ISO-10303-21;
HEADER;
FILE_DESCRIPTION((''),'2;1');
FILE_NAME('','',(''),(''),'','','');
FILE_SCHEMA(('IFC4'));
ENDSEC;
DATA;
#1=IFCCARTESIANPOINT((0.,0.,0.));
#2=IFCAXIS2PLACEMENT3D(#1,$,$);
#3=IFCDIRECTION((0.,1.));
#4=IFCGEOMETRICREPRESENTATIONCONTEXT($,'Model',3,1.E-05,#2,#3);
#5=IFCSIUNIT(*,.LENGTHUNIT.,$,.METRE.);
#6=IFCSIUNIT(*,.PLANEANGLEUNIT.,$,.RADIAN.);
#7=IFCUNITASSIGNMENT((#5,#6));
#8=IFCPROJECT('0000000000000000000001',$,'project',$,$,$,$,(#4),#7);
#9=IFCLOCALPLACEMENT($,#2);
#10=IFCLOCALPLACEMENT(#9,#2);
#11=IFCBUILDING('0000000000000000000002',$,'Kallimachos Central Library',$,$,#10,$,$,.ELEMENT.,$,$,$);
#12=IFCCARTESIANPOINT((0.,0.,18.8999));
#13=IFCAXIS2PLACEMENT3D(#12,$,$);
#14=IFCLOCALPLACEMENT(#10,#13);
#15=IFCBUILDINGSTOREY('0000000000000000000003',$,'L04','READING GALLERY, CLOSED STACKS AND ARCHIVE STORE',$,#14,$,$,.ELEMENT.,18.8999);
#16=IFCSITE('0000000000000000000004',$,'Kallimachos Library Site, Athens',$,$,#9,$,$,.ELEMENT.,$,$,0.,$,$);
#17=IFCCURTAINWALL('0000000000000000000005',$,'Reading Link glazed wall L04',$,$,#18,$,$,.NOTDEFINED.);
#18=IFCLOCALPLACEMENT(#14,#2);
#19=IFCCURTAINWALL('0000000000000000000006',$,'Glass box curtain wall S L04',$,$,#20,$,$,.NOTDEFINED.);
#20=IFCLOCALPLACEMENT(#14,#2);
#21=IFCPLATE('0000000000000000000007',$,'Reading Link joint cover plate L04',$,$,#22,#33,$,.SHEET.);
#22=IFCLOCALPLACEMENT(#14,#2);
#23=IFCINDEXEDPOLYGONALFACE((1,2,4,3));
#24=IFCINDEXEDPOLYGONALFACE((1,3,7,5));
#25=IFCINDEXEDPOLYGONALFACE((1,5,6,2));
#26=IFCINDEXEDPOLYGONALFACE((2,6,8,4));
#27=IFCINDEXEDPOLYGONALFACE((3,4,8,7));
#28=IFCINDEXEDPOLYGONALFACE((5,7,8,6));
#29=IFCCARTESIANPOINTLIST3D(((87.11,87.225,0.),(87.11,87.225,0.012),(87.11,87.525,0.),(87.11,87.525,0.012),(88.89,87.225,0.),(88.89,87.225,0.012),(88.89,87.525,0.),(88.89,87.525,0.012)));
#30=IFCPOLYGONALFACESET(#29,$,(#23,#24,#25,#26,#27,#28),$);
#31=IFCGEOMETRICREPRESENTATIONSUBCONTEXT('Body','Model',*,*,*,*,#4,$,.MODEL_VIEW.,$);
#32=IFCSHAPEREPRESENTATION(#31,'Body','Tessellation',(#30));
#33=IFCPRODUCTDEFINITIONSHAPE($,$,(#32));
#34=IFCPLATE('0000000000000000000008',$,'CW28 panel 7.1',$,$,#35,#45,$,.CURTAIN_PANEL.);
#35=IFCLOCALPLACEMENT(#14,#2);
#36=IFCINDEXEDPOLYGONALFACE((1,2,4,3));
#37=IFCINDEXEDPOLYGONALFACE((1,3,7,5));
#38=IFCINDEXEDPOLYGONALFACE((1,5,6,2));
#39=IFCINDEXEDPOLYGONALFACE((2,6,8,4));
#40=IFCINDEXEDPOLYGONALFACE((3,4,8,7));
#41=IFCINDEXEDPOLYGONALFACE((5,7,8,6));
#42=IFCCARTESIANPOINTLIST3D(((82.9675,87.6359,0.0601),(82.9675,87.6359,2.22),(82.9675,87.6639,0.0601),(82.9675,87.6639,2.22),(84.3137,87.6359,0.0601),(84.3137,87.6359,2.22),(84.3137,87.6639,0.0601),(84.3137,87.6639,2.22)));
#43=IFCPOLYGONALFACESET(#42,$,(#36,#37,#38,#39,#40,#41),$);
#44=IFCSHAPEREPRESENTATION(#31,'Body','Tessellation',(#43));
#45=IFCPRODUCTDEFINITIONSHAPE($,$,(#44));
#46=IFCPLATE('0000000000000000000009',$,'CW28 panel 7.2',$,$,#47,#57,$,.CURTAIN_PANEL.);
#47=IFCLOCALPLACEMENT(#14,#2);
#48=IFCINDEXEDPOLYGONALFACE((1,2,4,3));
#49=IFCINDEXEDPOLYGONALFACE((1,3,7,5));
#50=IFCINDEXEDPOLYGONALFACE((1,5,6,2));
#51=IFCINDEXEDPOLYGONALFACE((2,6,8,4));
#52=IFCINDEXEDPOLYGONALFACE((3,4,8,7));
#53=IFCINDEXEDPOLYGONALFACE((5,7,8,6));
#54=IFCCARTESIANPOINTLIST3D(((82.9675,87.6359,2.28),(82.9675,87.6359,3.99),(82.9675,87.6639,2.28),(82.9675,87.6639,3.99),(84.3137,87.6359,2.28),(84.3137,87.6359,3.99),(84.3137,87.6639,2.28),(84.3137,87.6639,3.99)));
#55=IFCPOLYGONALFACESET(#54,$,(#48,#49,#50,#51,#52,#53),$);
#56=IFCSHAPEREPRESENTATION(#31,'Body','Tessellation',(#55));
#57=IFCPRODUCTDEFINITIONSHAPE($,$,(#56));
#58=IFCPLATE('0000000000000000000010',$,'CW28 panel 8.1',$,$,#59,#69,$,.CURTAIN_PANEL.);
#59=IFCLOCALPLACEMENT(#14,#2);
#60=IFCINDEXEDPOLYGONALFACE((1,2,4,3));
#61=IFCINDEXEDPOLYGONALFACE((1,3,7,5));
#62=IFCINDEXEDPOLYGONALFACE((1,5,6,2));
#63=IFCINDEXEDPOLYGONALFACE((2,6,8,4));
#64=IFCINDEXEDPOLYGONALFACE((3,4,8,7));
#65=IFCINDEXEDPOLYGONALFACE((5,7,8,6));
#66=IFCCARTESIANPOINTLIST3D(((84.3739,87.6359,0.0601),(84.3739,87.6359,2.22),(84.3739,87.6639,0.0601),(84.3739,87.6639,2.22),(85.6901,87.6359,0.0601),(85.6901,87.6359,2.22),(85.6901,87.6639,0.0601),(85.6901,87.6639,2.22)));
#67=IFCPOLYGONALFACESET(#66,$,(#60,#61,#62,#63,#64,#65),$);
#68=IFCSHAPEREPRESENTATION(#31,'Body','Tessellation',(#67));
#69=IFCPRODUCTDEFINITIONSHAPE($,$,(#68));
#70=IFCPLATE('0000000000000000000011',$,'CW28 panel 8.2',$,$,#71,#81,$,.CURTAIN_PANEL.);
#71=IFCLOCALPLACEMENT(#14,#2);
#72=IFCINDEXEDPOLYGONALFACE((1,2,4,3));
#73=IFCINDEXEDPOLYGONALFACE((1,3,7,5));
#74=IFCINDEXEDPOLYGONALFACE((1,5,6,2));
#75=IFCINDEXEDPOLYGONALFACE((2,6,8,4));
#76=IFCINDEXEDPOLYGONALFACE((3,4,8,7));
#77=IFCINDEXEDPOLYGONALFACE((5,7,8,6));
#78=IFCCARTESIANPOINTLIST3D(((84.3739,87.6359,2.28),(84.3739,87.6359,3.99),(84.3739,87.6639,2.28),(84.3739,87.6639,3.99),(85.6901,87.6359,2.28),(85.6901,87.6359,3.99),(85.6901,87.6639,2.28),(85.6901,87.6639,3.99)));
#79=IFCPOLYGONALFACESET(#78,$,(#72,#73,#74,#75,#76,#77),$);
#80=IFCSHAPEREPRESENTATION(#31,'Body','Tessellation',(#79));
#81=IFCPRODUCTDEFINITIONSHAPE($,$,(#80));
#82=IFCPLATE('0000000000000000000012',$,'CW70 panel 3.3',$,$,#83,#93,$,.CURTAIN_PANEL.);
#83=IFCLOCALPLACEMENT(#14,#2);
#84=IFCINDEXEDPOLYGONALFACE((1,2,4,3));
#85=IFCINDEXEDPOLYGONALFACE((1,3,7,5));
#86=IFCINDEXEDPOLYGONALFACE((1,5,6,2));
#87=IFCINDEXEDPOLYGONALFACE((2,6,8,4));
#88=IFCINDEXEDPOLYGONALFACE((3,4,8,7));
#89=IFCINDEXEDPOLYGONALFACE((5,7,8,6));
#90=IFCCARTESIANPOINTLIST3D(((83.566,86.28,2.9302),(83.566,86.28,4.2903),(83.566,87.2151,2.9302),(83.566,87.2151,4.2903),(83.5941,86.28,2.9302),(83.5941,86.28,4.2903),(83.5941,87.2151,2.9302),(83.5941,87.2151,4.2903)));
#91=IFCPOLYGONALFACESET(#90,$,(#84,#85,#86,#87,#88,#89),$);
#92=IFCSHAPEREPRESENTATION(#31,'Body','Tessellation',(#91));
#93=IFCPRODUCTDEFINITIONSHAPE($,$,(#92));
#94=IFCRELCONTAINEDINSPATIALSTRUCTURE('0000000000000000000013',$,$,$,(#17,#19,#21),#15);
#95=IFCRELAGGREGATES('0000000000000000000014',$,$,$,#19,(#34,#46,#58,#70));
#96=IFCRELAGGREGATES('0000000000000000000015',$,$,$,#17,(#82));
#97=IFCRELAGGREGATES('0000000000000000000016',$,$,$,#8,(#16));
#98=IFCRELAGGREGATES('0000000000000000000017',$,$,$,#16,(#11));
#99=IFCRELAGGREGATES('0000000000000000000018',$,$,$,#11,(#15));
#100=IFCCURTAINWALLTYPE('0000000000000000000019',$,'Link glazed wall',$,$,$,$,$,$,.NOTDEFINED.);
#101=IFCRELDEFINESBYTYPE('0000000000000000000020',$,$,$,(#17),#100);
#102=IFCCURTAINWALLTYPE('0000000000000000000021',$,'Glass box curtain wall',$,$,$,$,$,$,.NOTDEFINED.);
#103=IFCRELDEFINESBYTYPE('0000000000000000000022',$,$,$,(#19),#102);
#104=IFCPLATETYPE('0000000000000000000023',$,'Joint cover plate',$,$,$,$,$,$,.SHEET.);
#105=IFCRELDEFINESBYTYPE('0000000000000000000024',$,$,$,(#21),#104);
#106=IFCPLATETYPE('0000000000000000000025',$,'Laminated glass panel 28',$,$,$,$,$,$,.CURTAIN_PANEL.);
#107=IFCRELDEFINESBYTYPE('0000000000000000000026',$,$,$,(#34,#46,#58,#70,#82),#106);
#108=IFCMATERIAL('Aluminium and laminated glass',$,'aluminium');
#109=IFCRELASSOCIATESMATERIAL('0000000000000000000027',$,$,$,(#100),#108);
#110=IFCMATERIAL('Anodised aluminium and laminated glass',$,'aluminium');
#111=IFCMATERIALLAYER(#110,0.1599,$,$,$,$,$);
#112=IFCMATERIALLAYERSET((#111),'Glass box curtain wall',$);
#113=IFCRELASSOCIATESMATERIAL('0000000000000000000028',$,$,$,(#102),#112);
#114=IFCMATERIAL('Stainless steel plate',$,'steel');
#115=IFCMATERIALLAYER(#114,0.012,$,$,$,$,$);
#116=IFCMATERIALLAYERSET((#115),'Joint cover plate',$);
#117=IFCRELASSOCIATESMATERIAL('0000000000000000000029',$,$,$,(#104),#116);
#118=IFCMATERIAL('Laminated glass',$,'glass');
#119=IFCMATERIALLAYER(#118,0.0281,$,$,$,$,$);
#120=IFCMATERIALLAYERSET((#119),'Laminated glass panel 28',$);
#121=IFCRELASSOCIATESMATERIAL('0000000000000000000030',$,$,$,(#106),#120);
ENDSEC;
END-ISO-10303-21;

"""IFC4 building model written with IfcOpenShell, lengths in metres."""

from ifc_helpers import new_model, si_unit, direction, frame, origin, origin_2d, place, context, subcontext, project, spatial, rectangle, extrude, material, layer, layer_set, type_object, element, aggregate, save


model = new_model("IFC4")

# Units and contexts
model_context = context("Model", 3, precision=1e-05, world=origin(), true_north=direction((0.0, 1.0)))
body_context = subcontext(model_context, "Body", "Model", "MODEL_VIEW")
ifc_project = project(units=[si_unit("LENGTHUNIT", "METRE"), si_unit("PLANEANGLEUNIT", "RADIAN")], contexts=[model_context])

# Site, building, storey
site_placement = place(None, origin())
site = spatial("IfcSite", under=ifc_project, at=site_placement, Name="Kallimachos Library Site, Athens", CompositionType="ELEMENT", RefElevation=0.0)
building_placement = place(site_placement, origin())
building = spatial("IfcBuilding", under=site, at=building_placement, Name="Kallimachos Central Library", CompositionType="ELEMENT")
storey_placement = place(building_placement, frame((0.0, 0.0, 18.8999)))
storey = spatial("IfcBuildingStorey", under=building, at=storey_placement, Name="L04", Description="READING GALLERY, CLOSED STACKS AND ARCHIVE STORE", CompositionType="ELEMENT", Elevation=18.8999)

# Curtain wall
ifc_material_1 = material(Name="Aluminium and laminated glass", Category="aluminium")
curtain_wall_type_1 = type_object("IfcCurtainWallType", Name="Link glazed wall", PredefinedType="NOTDEFINED", material=ifc_material_1)
curtain_wall_1_placement = place(storey_placement, origin())
curtain_wall_1 = element("IfcCurtainWall", 1, at=curtain_wall_1_placement, inside=storey, type_object=curtain_wall_type_1, Name="Reading Link glazed wall L04", PredefinedType="NOTDEFINED")

# Curtain wall
ifc_material_2 = material(Name="Anodised aluminium and laminated glass", Category="aluminium")
ifc_layer_1 = layer(ifc_material_2, 0.1599)
ifc_layer_set_1 = layer_set([ifc_layer_1], Name="Glass box curtain wall")
curtain_wall_type_2 = type_object("IfcCurtainWallType", Name="Glass box curtain wall", PredefinedType="NOTDEFINED", material=ifc_layer_set_1)
curtain_wall_2_placement = place(storey_placement, origin())
curtain_wall_2 = element("IfcCurtainWall", 2, at=curtain_wall_2_placement, inside=storey, type_object=curtain_wall_type_2, Name="Glass box curtain wall S L04", PredefinedType="NOTDEFINED")

# Plates
ifc_material_3 = material(Name="Stainless steel plate", Category="steel")
ifc_layer_2 = layer(ifc_material_3, 0.012)
ifc_layer_set_2 = layer_set([ifc_layer_2], Name="Joint cover plate")
plate_type_1 = type_object("IfcPlateType", Name="Joint cover plate", PredefinedType="SHEET", material=ifc_layer_set_2)
plate_1_placement = place(storey_placement, frame((88.0, 87.375, 0.0), z_axis=(0.0, 0.0, 1.0), x_axis=(1.0, 0.0, 0.0)))
element("IfcPlate", 3, at=plate_1_placement, inside=storey, type_object=plate_type_1, Name="Reading Link joint cover plate L04", PredefinedType="SHEET", context=body_context, shape_type="SweptSolid", body=[
    extrude(rectangle(XDim=1.78, YDim=0.3, at=origin_2d()), origin(), (0.0, 0.0, 1.0), 0.012),
])
ifc_material_4 = material(Name="Laminated glass", Category="glass")
ifc_layer_3 = layer(ifc_material_4, 0.0281)
ifc_layer_set_3 = layer_set([ifc_layer_3], Name="Laminated glass panel 28")
plate_type_2 = type_object("IfcPlateType", Name="Laminated glass panel 28", PredefinedType="CURTAIN_PANEL", material=ifc_layer_set_3)
plate_2_placement = place(storey_placement, frame((83.6406, 87.6499, 0.0601), z_axis=(0.0, 0.0, 1.0), x_axis=(1.0, 0.0, 0.0)))
plate_2 = element("IfcPlate", 4, at=plate_2_placement, type_object=plate_type_2, Name="CW28 panel 7.1", PredefinedType="CURTAIN_PANEL", context=body_context, shape_type="SweptSolid", body=[
    extrude(rectangle(XDim=1.3462, YDim=0.0281, at=origin_2d()), origin(), (0.0, 0.0, 1.0), 2.1599),
])
plate_3_placement = place(storey_placement, frame((83.6406, 87.6499, 2.28), z_axis=(0.0, 0.0, 1.0), x_axis=(1.0, 0.0, 0.0)))
plate_3 = element("IfcPlate", 5, at=plate_3_placement, type_object=plate_type_2, Name="CW28 panel 7.2", PredefinedType="CURTAIN_PANEL", context=body_context, shape_type="SweptSolid", body=[
    extrude(rectangle(XDim=1.3462, YDim=0.0281, at=origin_2d()), origin(), (0.0, 0.0, 1.0), 1.71),
])
plate_4_placement = place(storey_placement, frame((85.032, 87.6499, 0.0601), z_axis=(0.0, 0.0, 1.0), x_axis=(1.0, 0.0, 0.0)))
plate_4 = element("IfcPlate", 6, at=plate_4_placement, type_object=plate_type_2, Name="CW28 panel 8.1", PredefinedType="CURTAIN_PANEL", context=body_context, shape_type="SweptSolid", body=[
    extrude(rectangle(XDim=1.3162, YDim=0.0281, at=origin_2d()), origin(), (0.0, 0.0, 1.0), 2.1599),
])
plate_5_placement = place(storey_placement, frame((85.032, 87.6499, 2.28), z_axis=(0.0, 0.0, 1.0), x_axis=(1.0, 0.0, 0.0)))
plate_5 = element("IfcPlate", 7, at=plate_5_placement, type_object=plate_type_2, Name="CW28 panel 8.2", PredefinedType="CURTAIN_PANEL", context=body_context, shape_type="SweptSolid", body=[
    extrude(rectangle(XDim=1.3162, YDim=0.0281, at=origin_2d()), origin(), (0.0, 0.0, 1.0), 1.71),
])
aggregate(curtain_wall_2, [plate_2, plate_3, plate_4, plate_5])
plate_6_placement = place(storey_placement, frame((83.5801, 86.7476, 2.9302), z_axis=(0.0, 0.0, 1.0), x_axis=(0.0, 1.0, 0.0)))
plate_6 = element("IfcPlate", 8, at=plate_6_placement, type_object=plate_type_2, Name="CW70 panel 3.3", PredefinedType="CURTAIN_PANEL", context=body_context, shape_type="SweptSolid", body=[
    extrude(rectangle(XDim=0.9351, YDim=0.0281, at=origin_2d()), origin(), (0.0, 0.0, 1.0), 1.3601),
])
aggregate(curtain_wall_1, [plate_6])

save(model, "model.ifc")
